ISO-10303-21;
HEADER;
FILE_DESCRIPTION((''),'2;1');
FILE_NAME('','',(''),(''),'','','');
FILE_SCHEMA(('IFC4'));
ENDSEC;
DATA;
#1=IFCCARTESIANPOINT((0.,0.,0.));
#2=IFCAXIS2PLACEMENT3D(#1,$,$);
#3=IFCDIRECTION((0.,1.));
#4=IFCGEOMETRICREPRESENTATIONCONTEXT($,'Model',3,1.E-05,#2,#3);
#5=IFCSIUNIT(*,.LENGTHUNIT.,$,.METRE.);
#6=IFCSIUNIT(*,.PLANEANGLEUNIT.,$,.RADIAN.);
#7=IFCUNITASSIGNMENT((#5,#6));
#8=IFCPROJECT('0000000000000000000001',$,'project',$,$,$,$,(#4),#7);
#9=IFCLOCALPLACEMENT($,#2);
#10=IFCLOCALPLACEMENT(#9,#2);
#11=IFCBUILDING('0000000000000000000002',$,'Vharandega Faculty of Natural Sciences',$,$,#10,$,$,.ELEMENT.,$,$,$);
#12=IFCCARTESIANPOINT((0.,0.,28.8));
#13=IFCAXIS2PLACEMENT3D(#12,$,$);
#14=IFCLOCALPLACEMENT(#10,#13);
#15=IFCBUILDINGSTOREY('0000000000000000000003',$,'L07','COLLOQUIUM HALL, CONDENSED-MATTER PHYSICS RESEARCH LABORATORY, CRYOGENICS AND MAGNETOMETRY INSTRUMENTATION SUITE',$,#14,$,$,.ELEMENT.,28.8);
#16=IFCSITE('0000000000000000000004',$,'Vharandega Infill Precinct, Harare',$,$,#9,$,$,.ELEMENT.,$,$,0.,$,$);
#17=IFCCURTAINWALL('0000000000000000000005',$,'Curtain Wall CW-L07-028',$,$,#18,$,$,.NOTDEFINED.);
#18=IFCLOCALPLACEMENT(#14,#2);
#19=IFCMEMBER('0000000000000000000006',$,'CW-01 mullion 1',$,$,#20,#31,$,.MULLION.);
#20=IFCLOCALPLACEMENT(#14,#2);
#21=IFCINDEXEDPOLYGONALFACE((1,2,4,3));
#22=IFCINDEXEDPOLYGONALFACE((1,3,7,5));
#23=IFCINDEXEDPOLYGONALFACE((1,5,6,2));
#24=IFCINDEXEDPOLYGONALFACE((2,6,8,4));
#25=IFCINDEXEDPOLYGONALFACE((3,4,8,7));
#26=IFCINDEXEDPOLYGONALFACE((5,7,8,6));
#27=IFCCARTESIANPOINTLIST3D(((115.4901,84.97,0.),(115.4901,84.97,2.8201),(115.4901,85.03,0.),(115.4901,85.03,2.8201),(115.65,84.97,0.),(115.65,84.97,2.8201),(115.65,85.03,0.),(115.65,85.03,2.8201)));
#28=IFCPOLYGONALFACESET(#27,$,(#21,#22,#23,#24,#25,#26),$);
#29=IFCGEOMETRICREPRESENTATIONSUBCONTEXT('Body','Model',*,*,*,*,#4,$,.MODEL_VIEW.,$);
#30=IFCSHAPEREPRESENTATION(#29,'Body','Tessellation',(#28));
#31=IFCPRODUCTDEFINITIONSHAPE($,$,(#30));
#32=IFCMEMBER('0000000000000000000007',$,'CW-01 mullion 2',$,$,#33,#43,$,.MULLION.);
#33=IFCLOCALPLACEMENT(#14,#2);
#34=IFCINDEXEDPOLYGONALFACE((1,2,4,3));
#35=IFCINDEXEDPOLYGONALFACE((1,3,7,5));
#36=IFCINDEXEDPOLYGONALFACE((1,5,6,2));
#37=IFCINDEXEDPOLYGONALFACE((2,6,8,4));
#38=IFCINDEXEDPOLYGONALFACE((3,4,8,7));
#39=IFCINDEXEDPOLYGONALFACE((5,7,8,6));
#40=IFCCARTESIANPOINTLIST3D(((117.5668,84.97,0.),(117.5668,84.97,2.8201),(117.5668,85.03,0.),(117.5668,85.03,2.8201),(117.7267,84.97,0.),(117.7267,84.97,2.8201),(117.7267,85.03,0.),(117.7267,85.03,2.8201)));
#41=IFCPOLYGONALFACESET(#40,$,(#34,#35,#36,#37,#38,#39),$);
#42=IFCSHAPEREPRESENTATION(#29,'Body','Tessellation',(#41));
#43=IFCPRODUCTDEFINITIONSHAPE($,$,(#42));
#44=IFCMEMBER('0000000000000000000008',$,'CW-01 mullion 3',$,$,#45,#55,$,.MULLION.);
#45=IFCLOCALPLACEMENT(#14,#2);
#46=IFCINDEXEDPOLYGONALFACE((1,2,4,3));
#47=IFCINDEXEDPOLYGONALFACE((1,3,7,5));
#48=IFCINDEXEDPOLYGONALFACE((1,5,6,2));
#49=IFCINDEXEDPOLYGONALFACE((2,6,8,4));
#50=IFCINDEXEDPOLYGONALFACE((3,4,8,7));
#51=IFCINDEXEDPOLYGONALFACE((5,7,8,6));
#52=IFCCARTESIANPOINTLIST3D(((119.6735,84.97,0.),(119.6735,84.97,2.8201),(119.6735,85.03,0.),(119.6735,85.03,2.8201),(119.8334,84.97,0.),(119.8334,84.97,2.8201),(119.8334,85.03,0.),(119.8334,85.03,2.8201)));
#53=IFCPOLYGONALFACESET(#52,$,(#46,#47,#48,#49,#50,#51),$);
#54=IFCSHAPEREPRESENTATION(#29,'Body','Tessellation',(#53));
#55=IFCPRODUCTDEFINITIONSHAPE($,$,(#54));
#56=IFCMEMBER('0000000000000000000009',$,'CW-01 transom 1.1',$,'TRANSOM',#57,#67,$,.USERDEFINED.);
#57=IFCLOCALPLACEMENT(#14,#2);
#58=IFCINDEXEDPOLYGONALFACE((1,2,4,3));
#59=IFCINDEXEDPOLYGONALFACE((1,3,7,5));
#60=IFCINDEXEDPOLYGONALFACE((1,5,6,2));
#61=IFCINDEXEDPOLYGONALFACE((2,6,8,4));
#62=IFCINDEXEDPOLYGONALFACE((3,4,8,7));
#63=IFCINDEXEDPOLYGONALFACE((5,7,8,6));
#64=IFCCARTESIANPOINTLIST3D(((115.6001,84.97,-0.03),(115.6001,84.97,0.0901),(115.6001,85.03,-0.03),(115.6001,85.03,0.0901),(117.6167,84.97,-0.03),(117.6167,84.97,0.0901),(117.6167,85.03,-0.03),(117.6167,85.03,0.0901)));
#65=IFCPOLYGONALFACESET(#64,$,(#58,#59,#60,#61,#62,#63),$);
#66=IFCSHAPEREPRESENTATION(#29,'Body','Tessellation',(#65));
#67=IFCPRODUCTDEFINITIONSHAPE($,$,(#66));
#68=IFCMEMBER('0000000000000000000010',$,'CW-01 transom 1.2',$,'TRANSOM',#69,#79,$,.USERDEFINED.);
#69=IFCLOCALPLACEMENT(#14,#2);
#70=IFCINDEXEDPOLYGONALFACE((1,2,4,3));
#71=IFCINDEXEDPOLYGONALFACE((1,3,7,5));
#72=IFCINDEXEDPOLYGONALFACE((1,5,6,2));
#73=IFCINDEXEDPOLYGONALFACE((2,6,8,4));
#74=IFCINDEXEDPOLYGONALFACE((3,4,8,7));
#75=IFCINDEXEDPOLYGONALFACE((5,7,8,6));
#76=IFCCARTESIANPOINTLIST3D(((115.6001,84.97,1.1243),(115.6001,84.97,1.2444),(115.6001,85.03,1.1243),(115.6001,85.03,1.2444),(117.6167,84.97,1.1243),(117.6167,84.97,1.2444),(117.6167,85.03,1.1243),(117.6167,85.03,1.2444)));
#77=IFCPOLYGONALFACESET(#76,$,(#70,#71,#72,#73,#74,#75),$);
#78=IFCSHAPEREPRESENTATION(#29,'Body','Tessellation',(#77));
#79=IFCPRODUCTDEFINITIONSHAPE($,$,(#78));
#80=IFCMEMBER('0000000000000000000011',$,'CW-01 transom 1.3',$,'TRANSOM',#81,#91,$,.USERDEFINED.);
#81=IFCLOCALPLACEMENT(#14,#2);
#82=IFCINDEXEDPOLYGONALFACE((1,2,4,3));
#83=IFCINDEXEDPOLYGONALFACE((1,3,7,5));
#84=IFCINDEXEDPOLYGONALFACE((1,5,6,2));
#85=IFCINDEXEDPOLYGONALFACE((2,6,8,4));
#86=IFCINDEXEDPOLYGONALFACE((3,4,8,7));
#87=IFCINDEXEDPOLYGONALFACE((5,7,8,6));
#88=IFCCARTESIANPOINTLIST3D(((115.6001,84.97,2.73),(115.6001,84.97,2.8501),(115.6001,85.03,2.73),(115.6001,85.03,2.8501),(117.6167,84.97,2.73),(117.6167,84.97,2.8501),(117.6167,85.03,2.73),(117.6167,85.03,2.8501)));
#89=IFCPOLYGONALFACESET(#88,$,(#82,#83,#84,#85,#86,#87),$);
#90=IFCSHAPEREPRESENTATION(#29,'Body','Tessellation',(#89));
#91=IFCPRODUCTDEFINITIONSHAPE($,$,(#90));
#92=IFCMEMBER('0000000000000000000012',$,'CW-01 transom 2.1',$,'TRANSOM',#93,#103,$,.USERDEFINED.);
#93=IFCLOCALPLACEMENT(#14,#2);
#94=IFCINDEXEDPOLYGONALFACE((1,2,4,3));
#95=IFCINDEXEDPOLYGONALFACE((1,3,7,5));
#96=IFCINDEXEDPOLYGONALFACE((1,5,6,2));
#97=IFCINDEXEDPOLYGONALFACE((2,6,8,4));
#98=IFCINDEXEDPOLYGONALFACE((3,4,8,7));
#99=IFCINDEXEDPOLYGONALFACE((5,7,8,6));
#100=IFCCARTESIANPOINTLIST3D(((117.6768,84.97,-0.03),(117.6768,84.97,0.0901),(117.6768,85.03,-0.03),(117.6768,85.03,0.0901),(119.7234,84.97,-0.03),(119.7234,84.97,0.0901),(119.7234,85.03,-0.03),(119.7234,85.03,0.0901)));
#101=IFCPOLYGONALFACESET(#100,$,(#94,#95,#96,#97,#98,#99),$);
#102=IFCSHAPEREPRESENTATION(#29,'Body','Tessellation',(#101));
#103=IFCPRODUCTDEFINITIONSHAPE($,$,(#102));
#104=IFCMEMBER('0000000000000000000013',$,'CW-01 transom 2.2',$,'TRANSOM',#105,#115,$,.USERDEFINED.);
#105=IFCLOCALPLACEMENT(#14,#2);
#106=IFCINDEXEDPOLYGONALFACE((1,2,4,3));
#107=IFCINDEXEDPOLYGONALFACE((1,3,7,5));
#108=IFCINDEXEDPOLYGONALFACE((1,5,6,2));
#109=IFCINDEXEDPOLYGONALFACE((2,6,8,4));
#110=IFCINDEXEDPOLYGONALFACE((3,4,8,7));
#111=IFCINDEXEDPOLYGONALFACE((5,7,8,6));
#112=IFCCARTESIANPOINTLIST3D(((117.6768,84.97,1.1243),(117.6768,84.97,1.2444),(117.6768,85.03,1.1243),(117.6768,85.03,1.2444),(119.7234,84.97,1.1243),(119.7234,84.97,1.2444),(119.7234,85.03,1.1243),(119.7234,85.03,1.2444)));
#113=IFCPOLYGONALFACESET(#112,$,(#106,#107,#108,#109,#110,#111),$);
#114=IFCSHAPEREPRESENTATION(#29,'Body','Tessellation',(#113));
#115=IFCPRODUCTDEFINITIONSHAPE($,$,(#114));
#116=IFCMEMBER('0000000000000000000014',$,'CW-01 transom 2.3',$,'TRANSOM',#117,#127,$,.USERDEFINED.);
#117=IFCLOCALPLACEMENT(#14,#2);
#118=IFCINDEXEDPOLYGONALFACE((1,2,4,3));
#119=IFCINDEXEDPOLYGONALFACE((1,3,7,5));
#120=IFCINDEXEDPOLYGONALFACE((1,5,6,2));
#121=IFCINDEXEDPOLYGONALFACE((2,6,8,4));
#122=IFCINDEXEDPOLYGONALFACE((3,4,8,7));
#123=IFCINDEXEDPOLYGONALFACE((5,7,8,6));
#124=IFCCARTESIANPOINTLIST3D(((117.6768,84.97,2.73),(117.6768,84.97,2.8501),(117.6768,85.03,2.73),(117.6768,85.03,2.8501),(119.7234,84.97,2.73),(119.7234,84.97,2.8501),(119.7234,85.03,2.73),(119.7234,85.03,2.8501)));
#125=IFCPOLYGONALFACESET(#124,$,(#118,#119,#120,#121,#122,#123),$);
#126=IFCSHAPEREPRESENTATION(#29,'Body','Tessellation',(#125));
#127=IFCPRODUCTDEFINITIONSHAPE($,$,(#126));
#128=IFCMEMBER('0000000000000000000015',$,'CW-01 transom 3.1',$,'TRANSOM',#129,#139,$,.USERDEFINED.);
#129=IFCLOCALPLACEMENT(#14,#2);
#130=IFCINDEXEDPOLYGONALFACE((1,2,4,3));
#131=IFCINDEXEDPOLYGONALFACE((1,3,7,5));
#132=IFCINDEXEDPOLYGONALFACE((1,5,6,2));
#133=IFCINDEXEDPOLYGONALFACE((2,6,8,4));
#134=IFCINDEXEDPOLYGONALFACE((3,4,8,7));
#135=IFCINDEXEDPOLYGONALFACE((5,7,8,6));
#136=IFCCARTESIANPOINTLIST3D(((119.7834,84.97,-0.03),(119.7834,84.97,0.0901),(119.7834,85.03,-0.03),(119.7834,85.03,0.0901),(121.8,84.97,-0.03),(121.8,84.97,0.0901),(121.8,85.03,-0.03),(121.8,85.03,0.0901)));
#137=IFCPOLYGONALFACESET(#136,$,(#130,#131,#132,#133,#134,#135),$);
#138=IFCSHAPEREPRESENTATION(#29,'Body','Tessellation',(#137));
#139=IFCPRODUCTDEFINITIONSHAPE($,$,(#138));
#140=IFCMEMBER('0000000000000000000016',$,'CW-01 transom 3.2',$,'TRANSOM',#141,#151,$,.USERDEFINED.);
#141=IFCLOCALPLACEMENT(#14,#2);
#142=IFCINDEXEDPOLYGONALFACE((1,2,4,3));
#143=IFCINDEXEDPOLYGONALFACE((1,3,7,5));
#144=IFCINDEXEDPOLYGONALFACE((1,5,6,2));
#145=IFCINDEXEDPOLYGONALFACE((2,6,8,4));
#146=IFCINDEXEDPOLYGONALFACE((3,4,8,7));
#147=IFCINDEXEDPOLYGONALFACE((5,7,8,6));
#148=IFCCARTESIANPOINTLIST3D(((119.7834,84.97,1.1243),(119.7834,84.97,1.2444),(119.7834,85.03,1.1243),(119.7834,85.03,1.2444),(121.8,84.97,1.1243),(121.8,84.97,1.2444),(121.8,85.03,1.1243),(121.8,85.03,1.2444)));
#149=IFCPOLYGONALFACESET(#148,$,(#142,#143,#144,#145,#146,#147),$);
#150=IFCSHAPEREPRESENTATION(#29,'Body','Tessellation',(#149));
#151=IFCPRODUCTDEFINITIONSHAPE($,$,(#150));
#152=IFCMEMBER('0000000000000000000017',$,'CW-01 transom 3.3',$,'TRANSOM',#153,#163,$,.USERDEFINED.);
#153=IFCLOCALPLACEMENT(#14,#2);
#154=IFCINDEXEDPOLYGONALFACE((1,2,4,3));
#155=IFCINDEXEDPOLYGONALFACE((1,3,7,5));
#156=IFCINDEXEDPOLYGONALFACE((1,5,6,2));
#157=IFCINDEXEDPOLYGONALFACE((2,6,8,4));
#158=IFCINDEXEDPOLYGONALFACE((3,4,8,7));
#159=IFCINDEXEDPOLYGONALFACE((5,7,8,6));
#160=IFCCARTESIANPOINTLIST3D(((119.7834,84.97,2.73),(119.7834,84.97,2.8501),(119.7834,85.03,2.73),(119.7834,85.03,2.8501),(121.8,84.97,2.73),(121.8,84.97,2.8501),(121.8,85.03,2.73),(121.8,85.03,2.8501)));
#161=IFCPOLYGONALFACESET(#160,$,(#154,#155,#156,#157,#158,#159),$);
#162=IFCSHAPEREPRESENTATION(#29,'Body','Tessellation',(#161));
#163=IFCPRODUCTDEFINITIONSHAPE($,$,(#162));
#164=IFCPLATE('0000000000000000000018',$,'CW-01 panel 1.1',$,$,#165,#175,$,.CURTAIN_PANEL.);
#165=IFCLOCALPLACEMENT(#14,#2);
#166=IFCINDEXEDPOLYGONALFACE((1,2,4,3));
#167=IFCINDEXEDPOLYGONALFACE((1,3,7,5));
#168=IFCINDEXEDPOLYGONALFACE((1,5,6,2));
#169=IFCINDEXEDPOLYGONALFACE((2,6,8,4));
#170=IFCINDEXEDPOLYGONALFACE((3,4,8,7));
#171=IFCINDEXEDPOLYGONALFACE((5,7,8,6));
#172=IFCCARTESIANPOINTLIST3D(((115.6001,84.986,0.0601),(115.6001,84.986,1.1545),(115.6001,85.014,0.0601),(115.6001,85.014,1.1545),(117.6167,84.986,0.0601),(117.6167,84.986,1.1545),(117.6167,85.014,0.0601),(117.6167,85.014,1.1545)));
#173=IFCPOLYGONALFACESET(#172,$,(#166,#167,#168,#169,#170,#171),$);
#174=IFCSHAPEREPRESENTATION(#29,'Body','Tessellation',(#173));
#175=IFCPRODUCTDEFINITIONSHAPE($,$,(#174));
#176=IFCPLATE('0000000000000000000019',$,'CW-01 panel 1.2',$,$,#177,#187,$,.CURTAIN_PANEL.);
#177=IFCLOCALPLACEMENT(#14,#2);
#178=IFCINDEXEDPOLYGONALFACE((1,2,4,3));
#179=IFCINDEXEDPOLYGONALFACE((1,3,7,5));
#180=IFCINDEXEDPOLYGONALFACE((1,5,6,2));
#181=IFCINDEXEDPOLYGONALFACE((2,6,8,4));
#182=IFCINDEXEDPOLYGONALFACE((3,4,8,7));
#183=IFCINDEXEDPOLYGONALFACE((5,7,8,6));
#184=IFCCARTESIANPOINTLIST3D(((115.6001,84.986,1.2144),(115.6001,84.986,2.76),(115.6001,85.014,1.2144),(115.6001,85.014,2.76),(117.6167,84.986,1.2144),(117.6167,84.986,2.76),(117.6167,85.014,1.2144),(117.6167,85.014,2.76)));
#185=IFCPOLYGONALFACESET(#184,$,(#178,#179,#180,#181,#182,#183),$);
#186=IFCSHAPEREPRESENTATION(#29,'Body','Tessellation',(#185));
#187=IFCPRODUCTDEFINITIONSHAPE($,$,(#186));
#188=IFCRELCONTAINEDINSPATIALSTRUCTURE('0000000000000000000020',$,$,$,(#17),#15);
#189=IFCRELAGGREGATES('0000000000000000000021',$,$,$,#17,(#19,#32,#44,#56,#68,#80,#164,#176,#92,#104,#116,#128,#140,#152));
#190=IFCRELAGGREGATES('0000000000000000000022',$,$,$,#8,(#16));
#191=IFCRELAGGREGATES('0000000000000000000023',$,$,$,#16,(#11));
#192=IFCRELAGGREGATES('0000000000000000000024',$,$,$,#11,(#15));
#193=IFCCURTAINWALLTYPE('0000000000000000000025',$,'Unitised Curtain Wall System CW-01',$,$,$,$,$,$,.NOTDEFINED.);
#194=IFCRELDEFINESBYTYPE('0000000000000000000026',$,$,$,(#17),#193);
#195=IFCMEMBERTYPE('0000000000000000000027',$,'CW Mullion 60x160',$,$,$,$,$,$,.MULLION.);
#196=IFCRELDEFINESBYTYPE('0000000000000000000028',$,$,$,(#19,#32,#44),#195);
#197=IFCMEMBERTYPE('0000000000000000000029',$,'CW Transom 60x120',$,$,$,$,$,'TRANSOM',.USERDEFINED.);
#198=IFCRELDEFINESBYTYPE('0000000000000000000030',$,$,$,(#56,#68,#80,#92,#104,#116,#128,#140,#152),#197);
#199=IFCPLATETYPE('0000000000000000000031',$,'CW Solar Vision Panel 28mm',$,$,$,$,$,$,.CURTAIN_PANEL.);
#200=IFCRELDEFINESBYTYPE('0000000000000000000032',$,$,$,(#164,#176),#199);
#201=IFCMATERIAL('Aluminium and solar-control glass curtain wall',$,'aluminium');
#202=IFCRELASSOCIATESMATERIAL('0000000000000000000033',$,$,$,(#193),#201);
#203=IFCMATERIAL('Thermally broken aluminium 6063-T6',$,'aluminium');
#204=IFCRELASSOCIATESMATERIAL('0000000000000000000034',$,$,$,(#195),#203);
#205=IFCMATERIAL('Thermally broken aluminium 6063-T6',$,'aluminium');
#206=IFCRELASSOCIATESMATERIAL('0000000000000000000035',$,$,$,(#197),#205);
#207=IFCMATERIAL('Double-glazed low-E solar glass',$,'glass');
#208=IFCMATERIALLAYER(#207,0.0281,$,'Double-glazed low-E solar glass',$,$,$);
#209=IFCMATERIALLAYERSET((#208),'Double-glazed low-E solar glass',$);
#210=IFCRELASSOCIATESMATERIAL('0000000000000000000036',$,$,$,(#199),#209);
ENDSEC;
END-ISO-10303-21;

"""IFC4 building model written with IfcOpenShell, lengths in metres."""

from ifc_helpers import new_model, si_unit, direction, frame, origin, origin_2d, place, context, subcontext, project, spatial, rectangle, extrude, material, layer, layer_set, material_profile, profile_set, type_object, element, aggregate, save


model = new_model("IFC4")

# Units and contexts
model_context = context("Model", 3, precision=1e-05, world=origin(), true_north=direction((0.0, 1.0)))
body_context = subcontext(model_context, "Body", "Model", "MODEL_VIEW")
ifc_project = project(units=[si_unit("LENGTHUNIT", "METRE"), si_unit("PLANEANGLEUNIT", "RADIAN")], contexts=[model_context])

# Site, building, storey
site_placement = place(None, origin())
site = spatial("IfcSite", under=ifc_project, at=site_placement, Name="Vharandega Infill Precinct, Harare", CompositionType="ELEMENT", RefElevation=0.0)
building_placement = place(site_placement, origin())
building = spatial("IfcBuilding", under=site, at=building_placement, Name="Vharandega Faculty of Natural Sciences", CompositionType="ELEMENT")
storey_placement = place(building_placement, frame((0.0, 0.0, 28.8)))
storey = spatial("IfcBuildingStorey", under=building, at=storey_placement, Name="L07", Description="COLLOQUIUM HALL, CONDENSED-MATTER PHYSICS RESEARCH LABORATORY, CRYOGENICS AND MAGNETOMETRY INSTRUMENTATION SUITE", CompositionType="ELEMENT", Elevation=28.8)

# Curtain wall, members, plates
ifc_material_1 = material(Name="Aluminium and solar-control glass curtain wall", Category="aluminium")
curtain_wall_type = type_object("IfcCurtainWallType", Name="Unitised Curtain Wall System CW-01", PredefinedType="NOTDEFINED", material=ifc_material_1)
curtain_wall_placement = place(storey_placement, origin())
curtain_wall = element("IfcCurtainWall", 1, at=curtain_wall_placement, inside=storey, type_object=curtain_wall_type, Name="Curtain Wall CW-L07-028", PredefinedType="NOTDEFINED")
ifc_material_2 = material(Name="Thermally broken aluminium 6063-T6", Category="aluminium")
ifc_material_profile_1 = material_profile(ifc_material_2, rectangle(XDim=0.0601, YDim=0.1599, at=origin_2d()), Name="ALU 60x160")
ifc_profile_set_1 = profile_set([ifc_material_profile_1], Name="Thermally broken aluminium 6063-T6")
member_type_1 = type_object("IfcMemberType", Name="CW Mullion 60x160", PredefinedType="MULLION", material=ifc_profile_set_1)
member_1_placement = place(storey_placement, frame((115.5701, 85.0, 0.0), z_axis=(0.0, 0.0, 1.0), x_axis=(0.0, 1.0, 0.0)))
member_1 = element("IfcMember", 2, at=member_1_placement, type_object=member_type_1, Name="CW-01 mullion 1", PredefinedType="MULLION", context=body_context, shape_type="SweptSolid", body=[
    extrude(rectangle(XDim=0.0601, YDim=0.1599, at=origin_2d()), origin(), (0.0, 0.0, 1.0), 2.8201),
])
member_2_placement = place(storey_placement, frame((117.6467, 85.0, 0.0), z_axis=(0.0, 0.0, 1.0), x_axis=(0.0, 1.0, 0.0)))
member_2 = element("IfcMember", 3, at=member_2_placement, type_object=member_type_1, Name="CW-01 mullion 2", PredefinedType="MULLION", context=body_context, shape_type="SweptSolid", body=[
    extrude(rectangle(XDim=0.0601, YDim=0.1599, at=origin_2d()), origin(), (0.0, 0.0, 1.0), 2.8201),
])
member_3_placement = place(storey_placement, frame((119.7534, 85.0, 0.0), z_axis=(0.0, 0.0, 1.0), x_axis=(0.0, 1.0, 0.0)))
member_3 = element("IfcMember", 4, at=member_3_placement, type_object=member_type_1, Name="CW-01 mullion 3", PredefinedType="MULLION", context=body_context, shape_type="SweptSolid", body=[
    extrude(rectangle(XDim=0.0601, YDim=0.1599, at=origin_2d()), origin(), (0.0, 0.0, 1.0), 2.8201),
])
ifc_material_3 = material(Name="Thermally broken aluminium 6063-T6", Category="aluminium")
ifc_material_profile_2 = material_profile(ifc_material_3, rectangle(XDim=0.0601, YDim=0.1201, at=origin_2d()), Name="ALU 60x120")
ifc_profile_set_2 = profile_set([ifc_material_profile_2], Name="Thermally broken aluminium 6063-T6")
member_type_2 = type_object("IfcMemberType", Name="CW Transom 60x120", ElementType="TRANSOM", PredefinedType="USERDEFINED", material=ifc_profile_set_2)
member_4_placement = place(storey_placement, frame((115.6001, 85.0, 0.03), z_axis=(1.0, 0.0, 0.0), x_axis=(0.0, 1.0, 0.0)))
member_4 = element("IfcMember", 5, at=member_4_placement, type_object=member_type_2, Name="CW-01 transom 1.1", ObjectType="TRANSOM", PredefinedType="USERDEFINED", context=body_context, shape_type="SweptSolid", body=[
    extrude(rectangle(XDim=0.0601, YDim=0.1201, at=origin_2d()), origin(), (0.0, 0.0, 1.0), 2.0166),
])
member_5_placement = place(storey_placement, frame((115.6001, 85.0, 1.1843), z_axis=(1.0, 0.0, 0.0), x_axis=(0.0, 1.0, 0.0)))
member_5 = element("IfcMember", 6, at=member_5_placement, type_object=member_type_2, Name="CW-01 transom 1.2", ObjectType="TRANSOM", PredefinedType="USERDEFINED", context=body_context, shape_type="SweptSolid", body=[
    extrude(rectangle(XDim=0.0601, YDim=0.1201, at=origin_2d()), origin(), (0.0, 0.0, 1.0), 2.0166),
])
member_6_placement = place(storey_placement, frame((115.6001, 85.0, 2.79), z_axis=(1.0, 0.0, 0.0), x_axis=(0.0, 1.0, 0.0)))
member_6 = element("IfcMember", 7, at=member_6_placement, type_object=member_type_2, Name="CW-01 transom 1.3", ObjectType="TRANSOM", PredefinedType="USERDEFINED", context=body_context, shape_type="SweptSolid", body=[
    extrude(rectangle(XDim=0.0601, YDim=0.1201, at=origin_2d()), origin(), (0.0, 0.0, 1.0), 2.0166),
])
member_7_placement = place(storey_placement, frame((117.6768, 85.0, 0.03), z_axis=(1.0, 0.0, 0.0), x_axis=(0.0, 1.0, 0.0)))
member_7 = element("IfcMember", 8, at=member_7_placement, type_object=member_type_2, Name="CW-01 transom 2.1", ObjectType="TRANSOM", PredefinedType="USERDEFINED", context=body_context, shape_type="SweptSolid", body=[
    extrude(rectangle(XDim=0.0601, YDim=0.1201, at=origin_2d()), origin(), (0.0, 0.0, 1.0), 2.0466),
])
member_8_placement = place(storey_placement, frame((117.6768, 85.0, 1.1843), z_axis=(1.0, 0.0, 0.0), x_axis=(0.0, 1.0, 0.0)))
member_8 = element("IfcMember", 9, at=member_8_placement, type_object=member_type_2, Name="CW-01 transom 2.2", ObjectType="TRANSOM", PredefinedType="USERDEFINED", context=body_context, shape_type="SweptSolid", body=[
    extrude(rectangle(XDim=0.0601, YDim=0.1201, at=origin_2d()), origin(), (0.0, 0.0, 1.0), 2.0466),
])
member_9_placement = place(storey_placement, frame((117.6768, 85.0, 2.79), z_axis=(1.0, 0.0, 0.0), x_axis=(0.0, 1.0, 0.0)))
member_9 = element("IfcMember", 10, at=member_9_placement, type_object=member_type_2, Name="CW-01 transom 2.3", ObjectType="TRANSOM", PredefinedType="USERDEFINED", context=body_context, shape_type="SweptSolid", body=[
    extrude(rectangle(XDim=0.0601, YDim=0.1201, at=origin_2d()), origin(), (0.0, 0.0, 1.0), 2.0466),
])
member_10_placement = place(storey_placement, frame((119.7834, 85.0, 0.03), z_axis=(1.0, 0.0, 0.0), x_axis=(0.0, 1.0, 0.0)))
member_10 = element("IfcMember", 11, at=member_10_placement, type_object=member_type_2, Name="CW-01 transom 3.1", ObjectType="TRANSOM", PredefinedType="USERDEFINED", context=body_context, shape_type="SweptSolid", body=[
    extrude(rectangle(XDim=0.0601, YDim=0.1201, at=origin_2d()), origin(), (0.0, 0.0, 1.0), 2.0166),
])
member_11_placement = place(storey_placement, frame((119.7834, 85.0, 1.1843), z_axis=(1.0, 0.0, 0.0), x_axis=(0.0, 1.0, 0.0)))
member_11 = element("IfcMember", 12, at=member_11_placement, type_object=member_type_2, Name="CW-01 transom 3.2", ObjectType="TRANSOM", PredefinedType="USERDEFINED", context=body_context, shape_type="SweptSolid", body=[
    extrude(rectangle(XDim=0.0601, YDim=0.1201, at=origin_2d()), origin(), (0.0, 0.0, 1.0), 2.0166),
])
member_12_placement = place(storey_placement, frame((119.7834, 85.0, 2.79), z_axis=(1.0, 0.0, 0.0), x_axis=(0.0, 1.0, 0.0)))
member_12 = element("IfcMember", 13, at=member_12_placement, type_object=member_type_2, Name="CW-01 transom 3.3", ObjectType="TRANSOM", PredefinedType="USERDEFINED", context=body_context, shape_type="SweptSolid", body=[
    extrude(rectangle(XDim=0.0601, YDim=0.1201, at=origin_2d()), origin(), (0.0, 0.0, 1.0), 2.0166),
])
ifc_material_4 = material(Name="Double-glazed low-E solar glass", Category="glass")
ifc_layer_1 = layer(ifc_material_4, 0.0281, Name="Double-glazed low-E solar glass")
ifc_layer_set_1 = layer_set([ifc_layer_1], Name="Double-glazed low-E solar glass")
plate_type = type_object("IfcPlateType", Name="CW Solar Vision Panel 28mm", PredefinedType="CURTAIN_PANEL", material=ifc_layer_set_1)
plate_1_placement = place(storey_placement, frame((116.6084, 85.0, 0.0601), z_axis=(0.0, 0.0, 1.0), x_axis=(1.0, 0.0, 0.0)))
plate_1 = element("IfcPlate", 14, at=plate_1_placement, type_object=plate_type, Name="CW-01 panel 1.1", PredefinedType="CURTAIN_PANEL", context=body_context, shape_type="SweptSolid", body=[
    extrude(rectangle(XDim=2.0166, YDim=0.0281, at=origin_2d()), origin(), (0.0, 0.0, 1.0), 1.0945),
])
plate_2_placement = place(storey_placement, frame((116.6084, 85.0, 1.2144), z_axis=(0.0, 0.0, 1.0), x_axis=(1.0, 0.0, 0.0)))
plate_2 = element("IfcPlate", 15, at=plate_2_placement, type_object=plate_type, Name="CW-01 panel 1.2", PredefinedType="CURTAIN_PANEL", context=body_context, shape_type="SweptSolid", body=[
    extrude(rectangle(XDim=2.0166, YDim=0.0281, at=origin_2d()), origin(), (0.0, 0.0, 1.0), 1.5457),
])
aggregate(curtain_wall, [member_1, member_2, member_3, member_4, member_5, member_6, plate_1, plate_2, member_7, member_8, member_9, member_10, member_11, member_12])

save(model, "model.ifc")
